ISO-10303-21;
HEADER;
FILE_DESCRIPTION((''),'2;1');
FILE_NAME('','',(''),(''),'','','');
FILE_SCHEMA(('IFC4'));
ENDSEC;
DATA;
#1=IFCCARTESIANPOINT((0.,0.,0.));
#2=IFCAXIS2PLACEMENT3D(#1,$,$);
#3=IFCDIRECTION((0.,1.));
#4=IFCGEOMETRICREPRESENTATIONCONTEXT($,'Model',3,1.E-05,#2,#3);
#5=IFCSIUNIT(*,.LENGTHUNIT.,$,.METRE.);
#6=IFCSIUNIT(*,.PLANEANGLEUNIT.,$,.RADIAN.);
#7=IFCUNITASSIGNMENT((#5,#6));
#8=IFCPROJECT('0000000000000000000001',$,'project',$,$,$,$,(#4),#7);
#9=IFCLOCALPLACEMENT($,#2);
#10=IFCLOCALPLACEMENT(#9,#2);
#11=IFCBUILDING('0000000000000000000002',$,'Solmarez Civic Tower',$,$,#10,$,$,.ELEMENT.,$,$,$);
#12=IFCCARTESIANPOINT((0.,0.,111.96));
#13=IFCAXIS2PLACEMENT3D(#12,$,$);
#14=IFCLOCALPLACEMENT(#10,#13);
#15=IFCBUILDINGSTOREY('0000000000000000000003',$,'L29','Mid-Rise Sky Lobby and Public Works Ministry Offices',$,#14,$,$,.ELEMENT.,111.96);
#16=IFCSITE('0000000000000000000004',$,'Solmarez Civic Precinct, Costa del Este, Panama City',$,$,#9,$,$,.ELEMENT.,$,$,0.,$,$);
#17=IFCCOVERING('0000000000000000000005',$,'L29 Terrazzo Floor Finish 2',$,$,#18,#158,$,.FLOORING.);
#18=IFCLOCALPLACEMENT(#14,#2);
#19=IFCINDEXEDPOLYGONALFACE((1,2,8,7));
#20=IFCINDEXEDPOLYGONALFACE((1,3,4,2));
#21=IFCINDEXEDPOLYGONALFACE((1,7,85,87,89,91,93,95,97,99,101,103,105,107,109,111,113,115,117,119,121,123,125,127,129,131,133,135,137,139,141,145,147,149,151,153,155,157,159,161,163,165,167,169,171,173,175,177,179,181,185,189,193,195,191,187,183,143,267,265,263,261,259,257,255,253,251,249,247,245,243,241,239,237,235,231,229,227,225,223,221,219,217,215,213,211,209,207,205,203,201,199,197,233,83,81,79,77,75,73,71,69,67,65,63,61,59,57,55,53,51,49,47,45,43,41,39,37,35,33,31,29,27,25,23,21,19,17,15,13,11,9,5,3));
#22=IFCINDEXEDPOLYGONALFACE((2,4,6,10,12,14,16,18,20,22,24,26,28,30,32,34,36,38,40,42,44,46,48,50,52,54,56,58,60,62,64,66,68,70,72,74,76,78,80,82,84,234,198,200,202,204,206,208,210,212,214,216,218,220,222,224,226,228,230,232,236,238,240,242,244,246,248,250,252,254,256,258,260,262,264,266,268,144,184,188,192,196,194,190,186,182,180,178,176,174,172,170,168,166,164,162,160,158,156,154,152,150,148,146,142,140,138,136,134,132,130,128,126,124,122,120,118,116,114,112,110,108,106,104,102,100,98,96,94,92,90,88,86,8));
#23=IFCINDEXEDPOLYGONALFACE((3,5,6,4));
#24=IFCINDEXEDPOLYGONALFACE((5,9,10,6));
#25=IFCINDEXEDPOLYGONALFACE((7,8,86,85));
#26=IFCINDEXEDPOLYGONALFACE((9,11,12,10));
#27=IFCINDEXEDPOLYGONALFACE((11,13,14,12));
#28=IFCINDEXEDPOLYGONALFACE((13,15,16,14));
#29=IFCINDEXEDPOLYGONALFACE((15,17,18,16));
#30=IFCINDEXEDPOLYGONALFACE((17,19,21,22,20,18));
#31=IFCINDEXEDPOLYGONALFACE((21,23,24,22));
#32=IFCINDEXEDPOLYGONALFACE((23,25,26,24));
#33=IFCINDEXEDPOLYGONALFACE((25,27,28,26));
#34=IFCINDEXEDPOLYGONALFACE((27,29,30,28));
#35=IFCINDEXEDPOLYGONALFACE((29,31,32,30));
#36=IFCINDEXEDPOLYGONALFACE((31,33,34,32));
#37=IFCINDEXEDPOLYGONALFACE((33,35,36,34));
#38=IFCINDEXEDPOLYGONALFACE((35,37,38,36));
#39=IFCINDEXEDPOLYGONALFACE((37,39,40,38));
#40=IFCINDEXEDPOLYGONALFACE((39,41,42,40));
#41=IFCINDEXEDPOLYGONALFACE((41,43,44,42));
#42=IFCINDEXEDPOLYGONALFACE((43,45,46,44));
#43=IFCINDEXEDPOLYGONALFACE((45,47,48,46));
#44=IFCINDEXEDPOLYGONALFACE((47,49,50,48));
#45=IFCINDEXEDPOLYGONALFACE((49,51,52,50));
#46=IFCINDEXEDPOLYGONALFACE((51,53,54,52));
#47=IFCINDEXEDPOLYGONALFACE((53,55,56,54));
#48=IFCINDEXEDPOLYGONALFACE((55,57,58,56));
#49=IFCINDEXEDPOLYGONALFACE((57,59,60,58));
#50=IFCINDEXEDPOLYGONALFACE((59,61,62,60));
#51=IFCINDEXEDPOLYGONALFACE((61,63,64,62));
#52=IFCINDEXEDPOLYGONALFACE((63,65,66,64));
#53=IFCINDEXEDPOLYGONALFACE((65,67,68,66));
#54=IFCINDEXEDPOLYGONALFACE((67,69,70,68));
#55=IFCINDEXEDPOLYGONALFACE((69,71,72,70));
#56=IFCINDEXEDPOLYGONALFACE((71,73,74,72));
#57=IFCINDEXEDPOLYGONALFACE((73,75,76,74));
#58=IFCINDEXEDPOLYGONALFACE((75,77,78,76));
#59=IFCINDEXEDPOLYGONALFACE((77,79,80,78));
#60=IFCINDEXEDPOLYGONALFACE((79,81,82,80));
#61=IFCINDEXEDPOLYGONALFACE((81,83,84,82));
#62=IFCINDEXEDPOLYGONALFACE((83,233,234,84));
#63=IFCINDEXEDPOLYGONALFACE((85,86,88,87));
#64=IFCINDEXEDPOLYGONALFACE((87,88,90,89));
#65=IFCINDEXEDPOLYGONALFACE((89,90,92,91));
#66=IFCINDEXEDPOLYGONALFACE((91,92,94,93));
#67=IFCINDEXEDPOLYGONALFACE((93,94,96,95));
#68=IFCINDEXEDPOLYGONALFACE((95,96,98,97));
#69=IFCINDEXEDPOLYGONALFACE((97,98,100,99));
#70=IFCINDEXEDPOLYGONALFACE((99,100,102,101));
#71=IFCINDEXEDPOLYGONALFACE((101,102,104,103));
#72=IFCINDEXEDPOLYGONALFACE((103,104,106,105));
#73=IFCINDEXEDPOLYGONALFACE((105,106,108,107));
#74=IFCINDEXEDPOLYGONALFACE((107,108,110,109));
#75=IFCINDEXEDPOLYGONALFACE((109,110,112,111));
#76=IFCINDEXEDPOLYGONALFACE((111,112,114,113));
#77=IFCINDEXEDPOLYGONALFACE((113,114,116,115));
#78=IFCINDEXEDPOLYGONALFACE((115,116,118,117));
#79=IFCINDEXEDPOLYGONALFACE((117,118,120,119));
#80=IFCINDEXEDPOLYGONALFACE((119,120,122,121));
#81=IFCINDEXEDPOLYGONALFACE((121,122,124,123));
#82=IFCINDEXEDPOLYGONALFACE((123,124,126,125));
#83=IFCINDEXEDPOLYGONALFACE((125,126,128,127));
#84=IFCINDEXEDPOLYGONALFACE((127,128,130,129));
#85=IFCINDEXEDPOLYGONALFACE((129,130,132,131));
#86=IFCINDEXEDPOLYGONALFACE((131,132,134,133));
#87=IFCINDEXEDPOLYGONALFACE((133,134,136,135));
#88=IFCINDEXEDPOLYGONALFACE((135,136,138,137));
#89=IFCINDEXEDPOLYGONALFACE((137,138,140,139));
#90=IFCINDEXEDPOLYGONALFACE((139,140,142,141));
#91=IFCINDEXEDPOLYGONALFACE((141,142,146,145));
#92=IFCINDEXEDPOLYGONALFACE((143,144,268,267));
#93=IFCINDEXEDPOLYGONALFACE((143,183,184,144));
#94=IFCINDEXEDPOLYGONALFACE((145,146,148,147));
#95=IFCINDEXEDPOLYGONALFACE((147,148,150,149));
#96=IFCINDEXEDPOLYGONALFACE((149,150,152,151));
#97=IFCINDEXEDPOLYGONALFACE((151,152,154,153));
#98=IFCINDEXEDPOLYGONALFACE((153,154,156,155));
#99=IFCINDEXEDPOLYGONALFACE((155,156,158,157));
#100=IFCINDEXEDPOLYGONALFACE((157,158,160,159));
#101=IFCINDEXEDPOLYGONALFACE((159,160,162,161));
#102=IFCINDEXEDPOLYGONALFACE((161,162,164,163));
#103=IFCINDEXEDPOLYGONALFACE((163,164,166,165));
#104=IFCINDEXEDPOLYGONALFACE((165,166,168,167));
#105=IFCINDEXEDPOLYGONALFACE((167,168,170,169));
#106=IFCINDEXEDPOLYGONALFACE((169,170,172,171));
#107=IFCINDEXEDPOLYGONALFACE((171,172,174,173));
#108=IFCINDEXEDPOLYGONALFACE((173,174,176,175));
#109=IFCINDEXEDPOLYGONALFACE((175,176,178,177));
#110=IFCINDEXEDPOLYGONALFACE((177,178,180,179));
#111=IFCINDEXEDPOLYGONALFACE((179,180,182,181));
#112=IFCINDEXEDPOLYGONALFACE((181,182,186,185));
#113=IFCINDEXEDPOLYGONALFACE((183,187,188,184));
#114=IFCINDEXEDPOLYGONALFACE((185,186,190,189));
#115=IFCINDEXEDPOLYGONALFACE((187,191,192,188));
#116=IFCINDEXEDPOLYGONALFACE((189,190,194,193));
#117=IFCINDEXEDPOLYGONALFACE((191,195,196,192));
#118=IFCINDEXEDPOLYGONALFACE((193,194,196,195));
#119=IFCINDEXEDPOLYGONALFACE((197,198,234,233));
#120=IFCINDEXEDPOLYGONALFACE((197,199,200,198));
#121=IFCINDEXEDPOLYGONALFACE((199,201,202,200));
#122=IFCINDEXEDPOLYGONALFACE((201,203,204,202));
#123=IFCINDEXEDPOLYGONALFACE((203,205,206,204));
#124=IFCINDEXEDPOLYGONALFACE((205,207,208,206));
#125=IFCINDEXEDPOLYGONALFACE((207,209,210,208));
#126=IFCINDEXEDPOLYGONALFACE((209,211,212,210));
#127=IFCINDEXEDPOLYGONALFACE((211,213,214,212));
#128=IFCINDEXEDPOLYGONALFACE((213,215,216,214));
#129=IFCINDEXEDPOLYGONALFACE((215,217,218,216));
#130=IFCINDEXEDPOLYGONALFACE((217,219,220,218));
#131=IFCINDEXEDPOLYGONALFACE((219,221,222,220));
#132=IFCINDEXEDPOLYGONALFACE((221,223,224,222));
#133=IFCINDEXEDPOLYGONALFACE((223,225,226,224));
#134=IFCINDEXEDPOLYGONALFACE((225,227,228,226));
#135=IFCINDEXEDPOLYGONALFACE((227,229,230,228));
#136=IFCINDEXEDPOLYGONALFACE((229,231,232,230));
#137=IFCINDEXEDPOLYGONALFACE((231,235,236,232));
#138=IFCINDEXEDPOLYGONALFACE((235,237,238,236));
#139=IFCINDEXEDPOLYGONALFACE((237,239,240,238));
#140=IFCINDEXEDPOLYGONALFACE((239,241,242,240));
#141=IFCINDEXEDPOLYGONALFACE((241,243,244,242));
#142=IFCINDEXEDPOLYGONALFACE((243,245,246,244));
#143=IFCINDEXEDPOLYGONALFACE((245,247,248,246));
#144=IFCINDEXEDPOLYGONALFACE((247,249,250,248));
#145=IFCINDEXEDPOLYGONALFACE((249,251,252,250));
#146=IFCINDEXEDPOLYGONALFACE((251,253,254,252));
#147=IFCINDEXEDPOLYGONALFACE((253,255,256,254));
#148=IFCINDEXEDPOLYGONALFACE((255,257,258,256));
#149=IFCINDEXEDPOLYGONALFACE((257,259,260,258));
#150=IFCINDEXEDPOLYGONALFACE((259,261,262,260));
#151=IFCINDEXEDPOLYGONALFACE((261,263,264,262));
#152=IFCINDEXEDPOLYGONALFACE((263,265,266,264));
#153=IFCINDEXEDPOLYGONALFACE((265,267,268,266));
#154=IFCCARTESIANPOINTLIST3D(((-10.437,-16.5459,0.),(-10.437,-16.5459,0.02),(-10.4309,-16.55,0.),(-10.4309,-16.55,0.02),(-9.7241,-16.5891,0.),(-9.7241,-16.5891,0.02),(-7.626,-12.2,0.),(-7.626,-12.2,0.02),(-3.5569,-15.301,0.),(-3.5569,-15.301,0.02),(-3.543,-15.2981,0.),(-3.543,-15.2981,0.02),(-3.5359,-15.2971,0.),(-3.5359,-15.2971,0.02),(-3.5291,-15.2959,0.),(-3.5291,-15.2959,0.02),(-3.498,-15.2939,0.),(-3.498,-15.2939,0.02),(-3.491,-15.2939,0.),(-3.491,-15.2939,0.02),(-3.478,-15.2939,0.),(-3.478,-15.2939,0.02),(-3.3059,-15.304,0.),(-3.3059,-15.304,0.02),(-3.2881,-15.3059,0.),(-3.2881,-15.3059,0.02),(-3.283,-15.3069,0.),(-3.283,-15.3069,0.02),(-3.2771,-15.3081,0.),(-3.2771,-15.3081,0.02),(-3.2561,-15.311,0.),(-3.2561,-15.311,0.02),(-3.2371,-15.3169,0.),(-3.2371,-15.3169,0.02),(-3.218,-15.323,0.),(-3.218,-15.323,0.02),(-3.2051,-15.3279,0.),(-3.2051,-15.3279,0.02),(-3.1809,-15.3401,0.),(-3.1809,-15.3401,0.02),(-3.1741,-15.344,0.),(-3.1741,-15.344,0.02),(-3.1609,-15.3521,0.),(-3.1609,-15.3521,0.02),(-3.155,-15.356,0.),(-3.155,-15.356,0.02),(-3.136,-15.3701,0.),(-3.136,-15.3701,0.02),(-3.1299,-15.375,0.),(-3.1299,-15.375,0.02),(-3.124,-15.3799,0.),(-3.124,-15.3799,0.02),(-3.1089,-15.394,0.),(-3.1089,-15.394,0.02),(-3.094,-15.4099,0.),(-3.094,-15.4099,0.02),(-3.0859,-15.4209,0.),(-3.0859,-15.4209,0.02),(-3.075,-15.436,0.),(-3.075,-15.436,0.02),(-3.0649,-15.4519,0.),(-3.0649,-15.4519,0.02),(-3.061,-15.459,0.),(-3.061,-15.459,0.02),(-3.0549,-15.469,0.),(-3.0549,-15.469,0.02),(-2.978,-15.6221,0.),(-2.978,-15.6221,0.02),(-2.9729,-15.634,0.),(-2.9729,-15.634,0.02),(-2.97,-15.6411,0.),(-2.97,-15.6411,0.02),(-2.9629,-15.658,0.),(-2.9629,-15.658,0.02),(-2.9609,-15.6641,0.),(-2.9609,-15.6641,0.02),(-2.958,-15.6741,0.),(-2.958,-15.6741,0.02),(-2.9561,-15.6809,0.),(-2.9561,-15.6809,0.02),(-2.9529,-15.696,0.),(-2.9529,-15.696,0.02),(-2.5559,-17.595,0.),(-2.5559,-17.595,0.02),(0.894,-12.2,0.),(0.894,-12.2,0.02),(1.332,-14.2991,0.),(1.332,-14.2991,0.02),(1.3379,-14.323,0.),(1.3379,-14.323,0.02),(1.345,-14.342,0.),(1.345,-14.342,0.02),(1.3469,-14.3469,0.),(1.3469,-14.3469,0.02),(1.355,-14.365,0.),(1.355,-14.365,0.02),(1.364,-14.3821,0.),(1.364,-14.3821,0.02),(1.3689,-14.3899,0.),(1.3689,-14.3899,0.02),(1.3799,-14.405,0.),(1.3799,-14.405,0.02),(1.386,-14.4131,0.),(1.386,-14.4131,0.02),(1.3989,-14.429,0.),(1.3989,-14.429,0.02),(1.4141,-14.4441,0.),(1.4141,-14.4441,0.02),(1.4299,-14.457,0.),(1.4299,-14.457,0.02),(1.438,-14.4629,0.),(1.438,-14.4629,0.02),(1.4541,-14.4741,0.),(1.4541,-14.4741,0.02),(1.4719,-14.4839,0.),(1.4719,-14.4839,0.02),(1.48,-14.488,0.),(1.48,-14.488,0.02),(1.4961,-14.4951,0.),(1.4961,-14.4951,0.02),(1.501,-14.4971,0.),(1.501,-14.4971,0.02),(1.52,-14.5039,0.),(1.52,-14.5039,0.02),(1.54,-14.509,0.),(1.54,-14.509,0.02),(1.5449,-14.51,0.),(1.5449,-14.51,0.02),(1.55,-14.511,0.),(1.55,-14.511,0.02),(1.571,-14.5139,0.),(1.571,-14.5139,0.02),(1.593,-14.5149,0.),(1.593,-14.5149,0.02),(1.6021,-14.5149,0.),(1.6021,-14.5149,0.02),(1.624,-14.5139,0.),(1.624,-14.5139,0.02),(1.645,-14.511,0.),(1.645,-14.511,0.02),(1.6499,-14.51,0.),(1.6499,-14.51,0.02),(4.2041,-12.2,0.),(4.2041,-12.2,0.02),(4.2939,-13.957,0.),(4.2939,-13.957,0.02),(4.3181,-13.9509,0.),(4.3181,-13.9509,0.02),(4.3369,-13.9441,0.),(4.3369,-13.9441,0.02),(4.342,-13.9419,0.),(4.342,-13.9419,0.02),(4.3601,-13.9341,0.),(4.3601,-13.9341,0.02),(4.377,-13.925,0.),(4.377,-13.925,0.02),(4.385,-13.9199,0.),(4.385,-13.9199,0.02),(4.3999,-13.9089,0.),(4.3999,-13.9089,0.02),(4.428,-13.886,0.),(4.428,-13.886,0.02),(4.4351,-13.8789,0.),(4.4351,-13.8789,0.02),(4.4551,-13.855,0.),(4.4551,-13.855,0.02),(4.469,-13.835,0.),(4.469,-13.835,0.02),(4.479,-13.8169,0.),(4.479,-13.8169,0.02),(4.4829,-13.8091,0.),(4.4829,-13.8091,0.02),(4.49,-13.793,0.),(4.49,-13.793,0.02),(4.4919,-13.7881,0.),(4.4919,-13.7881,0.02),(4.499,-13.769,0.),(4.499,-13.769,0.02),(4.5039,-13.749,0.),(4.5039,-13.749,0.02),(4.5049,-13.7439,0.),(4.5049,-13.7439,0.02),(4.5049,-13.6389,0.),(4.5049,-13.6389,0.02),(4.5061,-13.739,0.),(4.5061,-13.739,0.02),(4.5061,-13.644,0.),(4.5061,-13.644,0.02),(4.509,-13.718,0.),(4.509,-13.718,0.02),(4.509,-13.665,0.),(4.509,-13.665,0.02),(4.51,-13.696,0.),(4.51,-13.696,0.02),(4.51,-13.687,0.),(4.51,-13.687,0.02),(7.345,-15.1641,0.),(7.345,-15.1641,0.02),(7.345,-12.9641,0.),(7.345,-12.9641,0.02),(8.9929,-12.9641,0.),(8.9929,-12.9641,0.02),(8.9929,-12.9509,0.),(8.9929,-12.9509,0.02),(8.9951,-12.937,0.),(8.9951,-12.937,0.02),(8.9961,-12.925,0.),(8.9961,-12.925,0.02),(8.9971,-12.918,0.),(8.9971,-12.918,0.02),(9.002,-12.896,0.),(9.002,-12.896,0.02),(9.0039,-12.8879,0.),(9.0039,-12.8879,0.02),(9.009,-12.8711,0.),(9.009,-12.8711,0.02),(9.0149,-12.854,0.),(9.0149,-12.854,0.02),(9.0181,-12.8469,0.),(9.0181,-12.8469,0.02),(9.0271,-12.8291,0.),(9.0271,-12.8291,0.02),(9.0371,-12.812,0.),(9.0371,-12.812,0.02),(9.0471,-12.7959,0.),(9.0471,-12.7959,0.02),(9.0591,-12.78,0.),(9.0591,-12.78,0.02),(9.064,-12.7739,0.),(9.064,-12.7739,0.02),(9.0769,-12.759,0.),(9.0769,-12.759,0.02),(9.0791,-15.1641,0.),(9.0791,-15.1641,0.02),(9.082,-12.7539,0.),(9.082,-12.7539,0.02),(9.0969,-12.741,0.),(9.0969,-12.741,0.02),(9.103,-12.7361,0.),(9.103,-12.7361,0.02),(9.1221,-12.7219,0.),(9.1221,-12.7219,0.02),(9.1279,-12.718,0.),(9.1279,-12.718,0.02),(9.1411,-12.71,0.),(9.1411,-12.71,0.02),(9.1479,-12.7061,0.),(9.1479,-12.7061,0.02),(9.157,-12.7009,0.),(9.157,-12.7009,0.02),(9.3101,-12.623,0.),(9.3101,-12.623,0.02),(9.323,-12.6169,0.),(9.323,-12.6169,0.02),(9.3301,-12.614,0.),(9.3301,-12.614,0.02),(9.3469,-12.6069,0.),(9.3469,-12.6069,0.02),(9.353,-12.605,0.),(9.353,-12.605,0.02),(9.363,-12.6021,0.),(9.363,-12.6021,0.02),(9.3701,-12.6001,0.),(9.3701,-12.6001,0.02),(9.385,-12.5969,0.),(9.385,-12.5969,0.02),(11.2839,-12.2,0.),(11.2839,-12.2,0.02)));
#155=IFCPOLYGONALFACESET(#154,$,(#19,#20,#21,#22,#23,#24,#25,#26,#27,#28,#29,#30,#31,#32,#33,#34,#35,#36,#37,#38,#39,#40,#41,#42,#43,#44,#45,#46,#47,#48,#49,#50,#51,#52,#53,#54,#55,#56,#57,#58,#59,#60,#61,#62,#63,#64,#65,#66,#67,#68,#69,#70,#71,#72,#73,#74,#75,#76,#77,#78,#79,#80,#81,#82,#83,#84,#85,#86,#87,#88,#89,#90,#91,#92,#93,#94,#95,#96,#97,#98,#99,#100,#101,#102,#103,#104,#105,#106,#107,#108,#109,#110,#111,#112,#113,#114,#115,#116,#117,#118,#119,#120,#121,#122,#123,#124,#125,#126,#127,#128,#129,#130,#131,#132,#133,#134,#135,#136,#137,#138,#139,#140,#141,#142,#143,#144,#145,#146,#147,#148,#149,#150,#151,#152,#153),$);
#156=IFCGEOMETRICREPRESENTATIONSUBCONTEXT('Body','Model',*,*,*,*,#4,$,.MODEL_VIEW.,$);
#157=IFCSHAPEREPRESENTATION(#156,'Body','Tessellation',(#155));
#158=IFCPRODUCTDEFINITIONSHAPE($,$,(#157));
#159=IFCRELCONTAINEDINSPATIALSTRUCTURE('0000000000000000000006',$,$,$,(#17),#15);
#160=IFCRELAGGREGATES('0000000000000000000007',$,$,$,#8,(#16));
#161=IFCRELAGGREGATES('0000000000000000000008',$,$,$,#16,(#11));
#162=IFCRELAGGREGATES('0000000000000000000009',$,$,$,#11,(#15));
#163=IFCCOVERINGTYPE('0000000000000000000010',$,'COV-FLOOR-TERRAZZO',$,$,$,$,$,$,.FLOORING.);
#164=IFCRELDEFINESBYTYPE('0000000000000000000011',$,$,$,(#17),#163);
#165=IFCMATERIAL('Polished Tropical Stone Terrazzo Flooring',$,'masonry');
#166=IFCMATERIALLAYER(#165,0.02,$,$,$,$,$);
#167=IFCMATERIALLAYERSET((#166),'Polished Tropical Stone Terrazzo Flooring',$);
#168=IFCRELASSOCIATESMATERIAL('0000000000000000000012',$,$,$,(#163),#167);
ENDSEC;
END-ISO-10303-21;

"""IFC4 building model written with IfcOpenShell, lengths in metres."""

from ifc_helpers import new_model, si_unit, direction, frame, origin, place, context, subcontext, project, spatial, polyline, outline, extrude, material, layer, layer_set, type_object, element, save


model = new_model("IFC4")

# Units and contexts
model_context = context("Model", 3, precision=1e-05, world=origin(), true_north=direction((0.0, 1.0)))
body_context = subcontext(model_context, "Body", "Model", "MODEL_VIEW")
ifc_project = project(units=[si_unit("LENGTHUNIT", "METRE"), si_unit("PLANEANGLEUNIT", "RADIAN")], contexts=[model_context])

# Site, building, storey
site_placement = place(None, origin())
site = spatial("IfcSite", under=ifc_project, at=site_placement, Name="Solmarez Civic Precinct, Costa del Este, Panama City", CompositionType="ELEMENT", RefElevation=0.0)
building_placement = place(site_placement, origin())
building = spatial("IfcBuilding", under=site, at=building_placement, Name="Solmarez Civic Tower", CompositionType="ELEMENT")
storey_placement = place(building_placement, frame((0.0, 0.0, 111.96)))
storey = spatial("IfcBuildingStorey", under=building, at=storey_placement, Name="L29", Description="Mid-Rise Sky Lobby and Public Works Ministry Offices", CompositionType="ELEMENT", Elevation=111.96)

# Covering
ifc_material_1 = material(Name="Polished Tropical Stone Terrazzo Flooring", Category="masonry")
ifc_layer_1 = layer(ifc_material_1, 0.02)
ifc_layer_set_1 = layer_set([ifc_layer_1], Name="Polished Tropical Stone Terrazzo Flooring")
covering_type_1 = type_object("IfcCoveringType", Name="COV-FLOOR-TERRAZZO", PredefinedType="FLOORING", material=ifc_layer_set_1)
covering_1_placement = place(storey_placement, origin())
element("IfcCovering", 1, at=covering_1_placement, inside=storey, type_object=covering_type_1, Name="L29 Terrazzo Floor Finish 2", PredefinedType="FLOORING", context=body_context, shape_type="SweptSolid", body=[
    extrude(outline(polyline([(0.894, -12.2), (-7.626, -12.2), (-10.437, -16.5459), (-10.4309, -16.55), (-9.7241, -16.5891), (-3.5569, -15.301), (-3.543, -15.2981), (-3.5359, -15.2971), (-3.5291, -15.2959), (-3.498, -15.2939), (-3.491, -15.2939), (-3.478, -15.2939), (-3.3059, -15.304), (-3.2881, -15.3059), (-3.283, -15.3069), (-3.2771, -15.3081), (-3.2561, -15.311), (-3.2371, -15.3169), (-3.218, -15.323), (-3.2051, -15.3279), (-3.1809, -15.3401), (-3.1741, -15.344), (-3.1609, -15.3521), (-3.155, -15.356), (-3.136, -15.3701), (-3.1299, -15.375), (-3.124, -15.3799), (-3.1089, -15.394), (-3.094, -15.4099), (-3.0859, -15.4209), (-3.075, -15.436), (-3.0649, -15.4519), (-3.061, -15.459), (-3.0549, -15.469), (-2.978, -15.6221), (-2.9729, -15.634), (-2.97, -15.6411), (-2.9629, -15.658), (-2.9609, -15.6641), (-2.958, -15.6741), (-2.9561, -15.6809), (-2.9529, -15.696), (-2.5559, -17.595), (9.0791, -15.1641), (7.345, -15.1641), (7.345, -12.9641), (8.9929, -12.9641), (8.9929, -12.9509), (8.9951, -12.937), (8.9961, -12.925), (8.9971, -12.918), (9.002, -12.896), (9.0039, -12.8879), (9.009, -12.8711), (9.0149, -12.854), (9.0181, -12.8469), (9.0271, -12.8291), (9.0371, -12.812), (9.0471, -12.7959), (9.0591, -12.78), (9.064, -12.7739), (9.0769, -12.759), (9.082, -12.7539), (9.0969, -12.741), (9.103, -12.7361), (9.1221, -12.7219), (9.1279, -12.718), (9.1411, -12.71), (9.1479, -12.7061), (9.157, -12.7009), (9.3101, -12.623), (9.323, -12.6169), (9.3301, -12.614), (9.3469, -12.6069), (9.353, -12.605), (9.363, -12.6021), (9.3701, -12.6001), (9.385, -12.5969), (11.2839, -12.2), (4.2041, -12.2), (4.5049, -13.6389), (4.5061, -13.644), (4.509, -13.665), (4.51, -13.687), (4.51, -13.696), (4.509, -13.718), (4.5061, -13.739), (4.5049, -13.7439), (4.5039, -13.749), (4.499, -13.769), (4.4919, -13.7881), (4.49, -13.793), (4.4829, -13.8091), (4.479, -13.8169), (4.469, -13.835), (4.4551, -13.855), (4.4351, -13.8789), (4.428, -13.886), (4.3999, -13.9089), (4.385, -13.9199), (4.377, -13.925), (4.3601, -13.9341), (4.342, -13.9419), (4.3369, -13.9441), (4.3181, -13.9509), (4.2939, -13.957), (1.6499, -14.51), (1.645, -14.511), (1.624, -14.5139), (1.6021, -14.5149), (1.593, -14.5149), (1.571, -14.5139), (1.55, -14.511), (1.5449, -14.51), (1.54, -14.509), (1.52, -14.5039), (1.501, -14.4971), (1.4961, -14.4951), (1.48, -14.488), (1.4719, -14.4839), (1.4541, -14.4741), (1.438, -14.4629), (1.4299, -14.457), (1.4141, -14.4441), (1.3989, -14.429), (1.386, -14.4131), (1.3799, -14.405), (1.3689, -14.3899), (1.364, -14.3821), (1.355, -14.365), (1.3469, -14.3469), (1.345, -14.342), (1.3379, -14.323), (1.332, -14.2991), (0.894, -12.2)])), origin(), (0.0, 0.0, 1.0), 0.02),
])

save(model, "model.ifc")
